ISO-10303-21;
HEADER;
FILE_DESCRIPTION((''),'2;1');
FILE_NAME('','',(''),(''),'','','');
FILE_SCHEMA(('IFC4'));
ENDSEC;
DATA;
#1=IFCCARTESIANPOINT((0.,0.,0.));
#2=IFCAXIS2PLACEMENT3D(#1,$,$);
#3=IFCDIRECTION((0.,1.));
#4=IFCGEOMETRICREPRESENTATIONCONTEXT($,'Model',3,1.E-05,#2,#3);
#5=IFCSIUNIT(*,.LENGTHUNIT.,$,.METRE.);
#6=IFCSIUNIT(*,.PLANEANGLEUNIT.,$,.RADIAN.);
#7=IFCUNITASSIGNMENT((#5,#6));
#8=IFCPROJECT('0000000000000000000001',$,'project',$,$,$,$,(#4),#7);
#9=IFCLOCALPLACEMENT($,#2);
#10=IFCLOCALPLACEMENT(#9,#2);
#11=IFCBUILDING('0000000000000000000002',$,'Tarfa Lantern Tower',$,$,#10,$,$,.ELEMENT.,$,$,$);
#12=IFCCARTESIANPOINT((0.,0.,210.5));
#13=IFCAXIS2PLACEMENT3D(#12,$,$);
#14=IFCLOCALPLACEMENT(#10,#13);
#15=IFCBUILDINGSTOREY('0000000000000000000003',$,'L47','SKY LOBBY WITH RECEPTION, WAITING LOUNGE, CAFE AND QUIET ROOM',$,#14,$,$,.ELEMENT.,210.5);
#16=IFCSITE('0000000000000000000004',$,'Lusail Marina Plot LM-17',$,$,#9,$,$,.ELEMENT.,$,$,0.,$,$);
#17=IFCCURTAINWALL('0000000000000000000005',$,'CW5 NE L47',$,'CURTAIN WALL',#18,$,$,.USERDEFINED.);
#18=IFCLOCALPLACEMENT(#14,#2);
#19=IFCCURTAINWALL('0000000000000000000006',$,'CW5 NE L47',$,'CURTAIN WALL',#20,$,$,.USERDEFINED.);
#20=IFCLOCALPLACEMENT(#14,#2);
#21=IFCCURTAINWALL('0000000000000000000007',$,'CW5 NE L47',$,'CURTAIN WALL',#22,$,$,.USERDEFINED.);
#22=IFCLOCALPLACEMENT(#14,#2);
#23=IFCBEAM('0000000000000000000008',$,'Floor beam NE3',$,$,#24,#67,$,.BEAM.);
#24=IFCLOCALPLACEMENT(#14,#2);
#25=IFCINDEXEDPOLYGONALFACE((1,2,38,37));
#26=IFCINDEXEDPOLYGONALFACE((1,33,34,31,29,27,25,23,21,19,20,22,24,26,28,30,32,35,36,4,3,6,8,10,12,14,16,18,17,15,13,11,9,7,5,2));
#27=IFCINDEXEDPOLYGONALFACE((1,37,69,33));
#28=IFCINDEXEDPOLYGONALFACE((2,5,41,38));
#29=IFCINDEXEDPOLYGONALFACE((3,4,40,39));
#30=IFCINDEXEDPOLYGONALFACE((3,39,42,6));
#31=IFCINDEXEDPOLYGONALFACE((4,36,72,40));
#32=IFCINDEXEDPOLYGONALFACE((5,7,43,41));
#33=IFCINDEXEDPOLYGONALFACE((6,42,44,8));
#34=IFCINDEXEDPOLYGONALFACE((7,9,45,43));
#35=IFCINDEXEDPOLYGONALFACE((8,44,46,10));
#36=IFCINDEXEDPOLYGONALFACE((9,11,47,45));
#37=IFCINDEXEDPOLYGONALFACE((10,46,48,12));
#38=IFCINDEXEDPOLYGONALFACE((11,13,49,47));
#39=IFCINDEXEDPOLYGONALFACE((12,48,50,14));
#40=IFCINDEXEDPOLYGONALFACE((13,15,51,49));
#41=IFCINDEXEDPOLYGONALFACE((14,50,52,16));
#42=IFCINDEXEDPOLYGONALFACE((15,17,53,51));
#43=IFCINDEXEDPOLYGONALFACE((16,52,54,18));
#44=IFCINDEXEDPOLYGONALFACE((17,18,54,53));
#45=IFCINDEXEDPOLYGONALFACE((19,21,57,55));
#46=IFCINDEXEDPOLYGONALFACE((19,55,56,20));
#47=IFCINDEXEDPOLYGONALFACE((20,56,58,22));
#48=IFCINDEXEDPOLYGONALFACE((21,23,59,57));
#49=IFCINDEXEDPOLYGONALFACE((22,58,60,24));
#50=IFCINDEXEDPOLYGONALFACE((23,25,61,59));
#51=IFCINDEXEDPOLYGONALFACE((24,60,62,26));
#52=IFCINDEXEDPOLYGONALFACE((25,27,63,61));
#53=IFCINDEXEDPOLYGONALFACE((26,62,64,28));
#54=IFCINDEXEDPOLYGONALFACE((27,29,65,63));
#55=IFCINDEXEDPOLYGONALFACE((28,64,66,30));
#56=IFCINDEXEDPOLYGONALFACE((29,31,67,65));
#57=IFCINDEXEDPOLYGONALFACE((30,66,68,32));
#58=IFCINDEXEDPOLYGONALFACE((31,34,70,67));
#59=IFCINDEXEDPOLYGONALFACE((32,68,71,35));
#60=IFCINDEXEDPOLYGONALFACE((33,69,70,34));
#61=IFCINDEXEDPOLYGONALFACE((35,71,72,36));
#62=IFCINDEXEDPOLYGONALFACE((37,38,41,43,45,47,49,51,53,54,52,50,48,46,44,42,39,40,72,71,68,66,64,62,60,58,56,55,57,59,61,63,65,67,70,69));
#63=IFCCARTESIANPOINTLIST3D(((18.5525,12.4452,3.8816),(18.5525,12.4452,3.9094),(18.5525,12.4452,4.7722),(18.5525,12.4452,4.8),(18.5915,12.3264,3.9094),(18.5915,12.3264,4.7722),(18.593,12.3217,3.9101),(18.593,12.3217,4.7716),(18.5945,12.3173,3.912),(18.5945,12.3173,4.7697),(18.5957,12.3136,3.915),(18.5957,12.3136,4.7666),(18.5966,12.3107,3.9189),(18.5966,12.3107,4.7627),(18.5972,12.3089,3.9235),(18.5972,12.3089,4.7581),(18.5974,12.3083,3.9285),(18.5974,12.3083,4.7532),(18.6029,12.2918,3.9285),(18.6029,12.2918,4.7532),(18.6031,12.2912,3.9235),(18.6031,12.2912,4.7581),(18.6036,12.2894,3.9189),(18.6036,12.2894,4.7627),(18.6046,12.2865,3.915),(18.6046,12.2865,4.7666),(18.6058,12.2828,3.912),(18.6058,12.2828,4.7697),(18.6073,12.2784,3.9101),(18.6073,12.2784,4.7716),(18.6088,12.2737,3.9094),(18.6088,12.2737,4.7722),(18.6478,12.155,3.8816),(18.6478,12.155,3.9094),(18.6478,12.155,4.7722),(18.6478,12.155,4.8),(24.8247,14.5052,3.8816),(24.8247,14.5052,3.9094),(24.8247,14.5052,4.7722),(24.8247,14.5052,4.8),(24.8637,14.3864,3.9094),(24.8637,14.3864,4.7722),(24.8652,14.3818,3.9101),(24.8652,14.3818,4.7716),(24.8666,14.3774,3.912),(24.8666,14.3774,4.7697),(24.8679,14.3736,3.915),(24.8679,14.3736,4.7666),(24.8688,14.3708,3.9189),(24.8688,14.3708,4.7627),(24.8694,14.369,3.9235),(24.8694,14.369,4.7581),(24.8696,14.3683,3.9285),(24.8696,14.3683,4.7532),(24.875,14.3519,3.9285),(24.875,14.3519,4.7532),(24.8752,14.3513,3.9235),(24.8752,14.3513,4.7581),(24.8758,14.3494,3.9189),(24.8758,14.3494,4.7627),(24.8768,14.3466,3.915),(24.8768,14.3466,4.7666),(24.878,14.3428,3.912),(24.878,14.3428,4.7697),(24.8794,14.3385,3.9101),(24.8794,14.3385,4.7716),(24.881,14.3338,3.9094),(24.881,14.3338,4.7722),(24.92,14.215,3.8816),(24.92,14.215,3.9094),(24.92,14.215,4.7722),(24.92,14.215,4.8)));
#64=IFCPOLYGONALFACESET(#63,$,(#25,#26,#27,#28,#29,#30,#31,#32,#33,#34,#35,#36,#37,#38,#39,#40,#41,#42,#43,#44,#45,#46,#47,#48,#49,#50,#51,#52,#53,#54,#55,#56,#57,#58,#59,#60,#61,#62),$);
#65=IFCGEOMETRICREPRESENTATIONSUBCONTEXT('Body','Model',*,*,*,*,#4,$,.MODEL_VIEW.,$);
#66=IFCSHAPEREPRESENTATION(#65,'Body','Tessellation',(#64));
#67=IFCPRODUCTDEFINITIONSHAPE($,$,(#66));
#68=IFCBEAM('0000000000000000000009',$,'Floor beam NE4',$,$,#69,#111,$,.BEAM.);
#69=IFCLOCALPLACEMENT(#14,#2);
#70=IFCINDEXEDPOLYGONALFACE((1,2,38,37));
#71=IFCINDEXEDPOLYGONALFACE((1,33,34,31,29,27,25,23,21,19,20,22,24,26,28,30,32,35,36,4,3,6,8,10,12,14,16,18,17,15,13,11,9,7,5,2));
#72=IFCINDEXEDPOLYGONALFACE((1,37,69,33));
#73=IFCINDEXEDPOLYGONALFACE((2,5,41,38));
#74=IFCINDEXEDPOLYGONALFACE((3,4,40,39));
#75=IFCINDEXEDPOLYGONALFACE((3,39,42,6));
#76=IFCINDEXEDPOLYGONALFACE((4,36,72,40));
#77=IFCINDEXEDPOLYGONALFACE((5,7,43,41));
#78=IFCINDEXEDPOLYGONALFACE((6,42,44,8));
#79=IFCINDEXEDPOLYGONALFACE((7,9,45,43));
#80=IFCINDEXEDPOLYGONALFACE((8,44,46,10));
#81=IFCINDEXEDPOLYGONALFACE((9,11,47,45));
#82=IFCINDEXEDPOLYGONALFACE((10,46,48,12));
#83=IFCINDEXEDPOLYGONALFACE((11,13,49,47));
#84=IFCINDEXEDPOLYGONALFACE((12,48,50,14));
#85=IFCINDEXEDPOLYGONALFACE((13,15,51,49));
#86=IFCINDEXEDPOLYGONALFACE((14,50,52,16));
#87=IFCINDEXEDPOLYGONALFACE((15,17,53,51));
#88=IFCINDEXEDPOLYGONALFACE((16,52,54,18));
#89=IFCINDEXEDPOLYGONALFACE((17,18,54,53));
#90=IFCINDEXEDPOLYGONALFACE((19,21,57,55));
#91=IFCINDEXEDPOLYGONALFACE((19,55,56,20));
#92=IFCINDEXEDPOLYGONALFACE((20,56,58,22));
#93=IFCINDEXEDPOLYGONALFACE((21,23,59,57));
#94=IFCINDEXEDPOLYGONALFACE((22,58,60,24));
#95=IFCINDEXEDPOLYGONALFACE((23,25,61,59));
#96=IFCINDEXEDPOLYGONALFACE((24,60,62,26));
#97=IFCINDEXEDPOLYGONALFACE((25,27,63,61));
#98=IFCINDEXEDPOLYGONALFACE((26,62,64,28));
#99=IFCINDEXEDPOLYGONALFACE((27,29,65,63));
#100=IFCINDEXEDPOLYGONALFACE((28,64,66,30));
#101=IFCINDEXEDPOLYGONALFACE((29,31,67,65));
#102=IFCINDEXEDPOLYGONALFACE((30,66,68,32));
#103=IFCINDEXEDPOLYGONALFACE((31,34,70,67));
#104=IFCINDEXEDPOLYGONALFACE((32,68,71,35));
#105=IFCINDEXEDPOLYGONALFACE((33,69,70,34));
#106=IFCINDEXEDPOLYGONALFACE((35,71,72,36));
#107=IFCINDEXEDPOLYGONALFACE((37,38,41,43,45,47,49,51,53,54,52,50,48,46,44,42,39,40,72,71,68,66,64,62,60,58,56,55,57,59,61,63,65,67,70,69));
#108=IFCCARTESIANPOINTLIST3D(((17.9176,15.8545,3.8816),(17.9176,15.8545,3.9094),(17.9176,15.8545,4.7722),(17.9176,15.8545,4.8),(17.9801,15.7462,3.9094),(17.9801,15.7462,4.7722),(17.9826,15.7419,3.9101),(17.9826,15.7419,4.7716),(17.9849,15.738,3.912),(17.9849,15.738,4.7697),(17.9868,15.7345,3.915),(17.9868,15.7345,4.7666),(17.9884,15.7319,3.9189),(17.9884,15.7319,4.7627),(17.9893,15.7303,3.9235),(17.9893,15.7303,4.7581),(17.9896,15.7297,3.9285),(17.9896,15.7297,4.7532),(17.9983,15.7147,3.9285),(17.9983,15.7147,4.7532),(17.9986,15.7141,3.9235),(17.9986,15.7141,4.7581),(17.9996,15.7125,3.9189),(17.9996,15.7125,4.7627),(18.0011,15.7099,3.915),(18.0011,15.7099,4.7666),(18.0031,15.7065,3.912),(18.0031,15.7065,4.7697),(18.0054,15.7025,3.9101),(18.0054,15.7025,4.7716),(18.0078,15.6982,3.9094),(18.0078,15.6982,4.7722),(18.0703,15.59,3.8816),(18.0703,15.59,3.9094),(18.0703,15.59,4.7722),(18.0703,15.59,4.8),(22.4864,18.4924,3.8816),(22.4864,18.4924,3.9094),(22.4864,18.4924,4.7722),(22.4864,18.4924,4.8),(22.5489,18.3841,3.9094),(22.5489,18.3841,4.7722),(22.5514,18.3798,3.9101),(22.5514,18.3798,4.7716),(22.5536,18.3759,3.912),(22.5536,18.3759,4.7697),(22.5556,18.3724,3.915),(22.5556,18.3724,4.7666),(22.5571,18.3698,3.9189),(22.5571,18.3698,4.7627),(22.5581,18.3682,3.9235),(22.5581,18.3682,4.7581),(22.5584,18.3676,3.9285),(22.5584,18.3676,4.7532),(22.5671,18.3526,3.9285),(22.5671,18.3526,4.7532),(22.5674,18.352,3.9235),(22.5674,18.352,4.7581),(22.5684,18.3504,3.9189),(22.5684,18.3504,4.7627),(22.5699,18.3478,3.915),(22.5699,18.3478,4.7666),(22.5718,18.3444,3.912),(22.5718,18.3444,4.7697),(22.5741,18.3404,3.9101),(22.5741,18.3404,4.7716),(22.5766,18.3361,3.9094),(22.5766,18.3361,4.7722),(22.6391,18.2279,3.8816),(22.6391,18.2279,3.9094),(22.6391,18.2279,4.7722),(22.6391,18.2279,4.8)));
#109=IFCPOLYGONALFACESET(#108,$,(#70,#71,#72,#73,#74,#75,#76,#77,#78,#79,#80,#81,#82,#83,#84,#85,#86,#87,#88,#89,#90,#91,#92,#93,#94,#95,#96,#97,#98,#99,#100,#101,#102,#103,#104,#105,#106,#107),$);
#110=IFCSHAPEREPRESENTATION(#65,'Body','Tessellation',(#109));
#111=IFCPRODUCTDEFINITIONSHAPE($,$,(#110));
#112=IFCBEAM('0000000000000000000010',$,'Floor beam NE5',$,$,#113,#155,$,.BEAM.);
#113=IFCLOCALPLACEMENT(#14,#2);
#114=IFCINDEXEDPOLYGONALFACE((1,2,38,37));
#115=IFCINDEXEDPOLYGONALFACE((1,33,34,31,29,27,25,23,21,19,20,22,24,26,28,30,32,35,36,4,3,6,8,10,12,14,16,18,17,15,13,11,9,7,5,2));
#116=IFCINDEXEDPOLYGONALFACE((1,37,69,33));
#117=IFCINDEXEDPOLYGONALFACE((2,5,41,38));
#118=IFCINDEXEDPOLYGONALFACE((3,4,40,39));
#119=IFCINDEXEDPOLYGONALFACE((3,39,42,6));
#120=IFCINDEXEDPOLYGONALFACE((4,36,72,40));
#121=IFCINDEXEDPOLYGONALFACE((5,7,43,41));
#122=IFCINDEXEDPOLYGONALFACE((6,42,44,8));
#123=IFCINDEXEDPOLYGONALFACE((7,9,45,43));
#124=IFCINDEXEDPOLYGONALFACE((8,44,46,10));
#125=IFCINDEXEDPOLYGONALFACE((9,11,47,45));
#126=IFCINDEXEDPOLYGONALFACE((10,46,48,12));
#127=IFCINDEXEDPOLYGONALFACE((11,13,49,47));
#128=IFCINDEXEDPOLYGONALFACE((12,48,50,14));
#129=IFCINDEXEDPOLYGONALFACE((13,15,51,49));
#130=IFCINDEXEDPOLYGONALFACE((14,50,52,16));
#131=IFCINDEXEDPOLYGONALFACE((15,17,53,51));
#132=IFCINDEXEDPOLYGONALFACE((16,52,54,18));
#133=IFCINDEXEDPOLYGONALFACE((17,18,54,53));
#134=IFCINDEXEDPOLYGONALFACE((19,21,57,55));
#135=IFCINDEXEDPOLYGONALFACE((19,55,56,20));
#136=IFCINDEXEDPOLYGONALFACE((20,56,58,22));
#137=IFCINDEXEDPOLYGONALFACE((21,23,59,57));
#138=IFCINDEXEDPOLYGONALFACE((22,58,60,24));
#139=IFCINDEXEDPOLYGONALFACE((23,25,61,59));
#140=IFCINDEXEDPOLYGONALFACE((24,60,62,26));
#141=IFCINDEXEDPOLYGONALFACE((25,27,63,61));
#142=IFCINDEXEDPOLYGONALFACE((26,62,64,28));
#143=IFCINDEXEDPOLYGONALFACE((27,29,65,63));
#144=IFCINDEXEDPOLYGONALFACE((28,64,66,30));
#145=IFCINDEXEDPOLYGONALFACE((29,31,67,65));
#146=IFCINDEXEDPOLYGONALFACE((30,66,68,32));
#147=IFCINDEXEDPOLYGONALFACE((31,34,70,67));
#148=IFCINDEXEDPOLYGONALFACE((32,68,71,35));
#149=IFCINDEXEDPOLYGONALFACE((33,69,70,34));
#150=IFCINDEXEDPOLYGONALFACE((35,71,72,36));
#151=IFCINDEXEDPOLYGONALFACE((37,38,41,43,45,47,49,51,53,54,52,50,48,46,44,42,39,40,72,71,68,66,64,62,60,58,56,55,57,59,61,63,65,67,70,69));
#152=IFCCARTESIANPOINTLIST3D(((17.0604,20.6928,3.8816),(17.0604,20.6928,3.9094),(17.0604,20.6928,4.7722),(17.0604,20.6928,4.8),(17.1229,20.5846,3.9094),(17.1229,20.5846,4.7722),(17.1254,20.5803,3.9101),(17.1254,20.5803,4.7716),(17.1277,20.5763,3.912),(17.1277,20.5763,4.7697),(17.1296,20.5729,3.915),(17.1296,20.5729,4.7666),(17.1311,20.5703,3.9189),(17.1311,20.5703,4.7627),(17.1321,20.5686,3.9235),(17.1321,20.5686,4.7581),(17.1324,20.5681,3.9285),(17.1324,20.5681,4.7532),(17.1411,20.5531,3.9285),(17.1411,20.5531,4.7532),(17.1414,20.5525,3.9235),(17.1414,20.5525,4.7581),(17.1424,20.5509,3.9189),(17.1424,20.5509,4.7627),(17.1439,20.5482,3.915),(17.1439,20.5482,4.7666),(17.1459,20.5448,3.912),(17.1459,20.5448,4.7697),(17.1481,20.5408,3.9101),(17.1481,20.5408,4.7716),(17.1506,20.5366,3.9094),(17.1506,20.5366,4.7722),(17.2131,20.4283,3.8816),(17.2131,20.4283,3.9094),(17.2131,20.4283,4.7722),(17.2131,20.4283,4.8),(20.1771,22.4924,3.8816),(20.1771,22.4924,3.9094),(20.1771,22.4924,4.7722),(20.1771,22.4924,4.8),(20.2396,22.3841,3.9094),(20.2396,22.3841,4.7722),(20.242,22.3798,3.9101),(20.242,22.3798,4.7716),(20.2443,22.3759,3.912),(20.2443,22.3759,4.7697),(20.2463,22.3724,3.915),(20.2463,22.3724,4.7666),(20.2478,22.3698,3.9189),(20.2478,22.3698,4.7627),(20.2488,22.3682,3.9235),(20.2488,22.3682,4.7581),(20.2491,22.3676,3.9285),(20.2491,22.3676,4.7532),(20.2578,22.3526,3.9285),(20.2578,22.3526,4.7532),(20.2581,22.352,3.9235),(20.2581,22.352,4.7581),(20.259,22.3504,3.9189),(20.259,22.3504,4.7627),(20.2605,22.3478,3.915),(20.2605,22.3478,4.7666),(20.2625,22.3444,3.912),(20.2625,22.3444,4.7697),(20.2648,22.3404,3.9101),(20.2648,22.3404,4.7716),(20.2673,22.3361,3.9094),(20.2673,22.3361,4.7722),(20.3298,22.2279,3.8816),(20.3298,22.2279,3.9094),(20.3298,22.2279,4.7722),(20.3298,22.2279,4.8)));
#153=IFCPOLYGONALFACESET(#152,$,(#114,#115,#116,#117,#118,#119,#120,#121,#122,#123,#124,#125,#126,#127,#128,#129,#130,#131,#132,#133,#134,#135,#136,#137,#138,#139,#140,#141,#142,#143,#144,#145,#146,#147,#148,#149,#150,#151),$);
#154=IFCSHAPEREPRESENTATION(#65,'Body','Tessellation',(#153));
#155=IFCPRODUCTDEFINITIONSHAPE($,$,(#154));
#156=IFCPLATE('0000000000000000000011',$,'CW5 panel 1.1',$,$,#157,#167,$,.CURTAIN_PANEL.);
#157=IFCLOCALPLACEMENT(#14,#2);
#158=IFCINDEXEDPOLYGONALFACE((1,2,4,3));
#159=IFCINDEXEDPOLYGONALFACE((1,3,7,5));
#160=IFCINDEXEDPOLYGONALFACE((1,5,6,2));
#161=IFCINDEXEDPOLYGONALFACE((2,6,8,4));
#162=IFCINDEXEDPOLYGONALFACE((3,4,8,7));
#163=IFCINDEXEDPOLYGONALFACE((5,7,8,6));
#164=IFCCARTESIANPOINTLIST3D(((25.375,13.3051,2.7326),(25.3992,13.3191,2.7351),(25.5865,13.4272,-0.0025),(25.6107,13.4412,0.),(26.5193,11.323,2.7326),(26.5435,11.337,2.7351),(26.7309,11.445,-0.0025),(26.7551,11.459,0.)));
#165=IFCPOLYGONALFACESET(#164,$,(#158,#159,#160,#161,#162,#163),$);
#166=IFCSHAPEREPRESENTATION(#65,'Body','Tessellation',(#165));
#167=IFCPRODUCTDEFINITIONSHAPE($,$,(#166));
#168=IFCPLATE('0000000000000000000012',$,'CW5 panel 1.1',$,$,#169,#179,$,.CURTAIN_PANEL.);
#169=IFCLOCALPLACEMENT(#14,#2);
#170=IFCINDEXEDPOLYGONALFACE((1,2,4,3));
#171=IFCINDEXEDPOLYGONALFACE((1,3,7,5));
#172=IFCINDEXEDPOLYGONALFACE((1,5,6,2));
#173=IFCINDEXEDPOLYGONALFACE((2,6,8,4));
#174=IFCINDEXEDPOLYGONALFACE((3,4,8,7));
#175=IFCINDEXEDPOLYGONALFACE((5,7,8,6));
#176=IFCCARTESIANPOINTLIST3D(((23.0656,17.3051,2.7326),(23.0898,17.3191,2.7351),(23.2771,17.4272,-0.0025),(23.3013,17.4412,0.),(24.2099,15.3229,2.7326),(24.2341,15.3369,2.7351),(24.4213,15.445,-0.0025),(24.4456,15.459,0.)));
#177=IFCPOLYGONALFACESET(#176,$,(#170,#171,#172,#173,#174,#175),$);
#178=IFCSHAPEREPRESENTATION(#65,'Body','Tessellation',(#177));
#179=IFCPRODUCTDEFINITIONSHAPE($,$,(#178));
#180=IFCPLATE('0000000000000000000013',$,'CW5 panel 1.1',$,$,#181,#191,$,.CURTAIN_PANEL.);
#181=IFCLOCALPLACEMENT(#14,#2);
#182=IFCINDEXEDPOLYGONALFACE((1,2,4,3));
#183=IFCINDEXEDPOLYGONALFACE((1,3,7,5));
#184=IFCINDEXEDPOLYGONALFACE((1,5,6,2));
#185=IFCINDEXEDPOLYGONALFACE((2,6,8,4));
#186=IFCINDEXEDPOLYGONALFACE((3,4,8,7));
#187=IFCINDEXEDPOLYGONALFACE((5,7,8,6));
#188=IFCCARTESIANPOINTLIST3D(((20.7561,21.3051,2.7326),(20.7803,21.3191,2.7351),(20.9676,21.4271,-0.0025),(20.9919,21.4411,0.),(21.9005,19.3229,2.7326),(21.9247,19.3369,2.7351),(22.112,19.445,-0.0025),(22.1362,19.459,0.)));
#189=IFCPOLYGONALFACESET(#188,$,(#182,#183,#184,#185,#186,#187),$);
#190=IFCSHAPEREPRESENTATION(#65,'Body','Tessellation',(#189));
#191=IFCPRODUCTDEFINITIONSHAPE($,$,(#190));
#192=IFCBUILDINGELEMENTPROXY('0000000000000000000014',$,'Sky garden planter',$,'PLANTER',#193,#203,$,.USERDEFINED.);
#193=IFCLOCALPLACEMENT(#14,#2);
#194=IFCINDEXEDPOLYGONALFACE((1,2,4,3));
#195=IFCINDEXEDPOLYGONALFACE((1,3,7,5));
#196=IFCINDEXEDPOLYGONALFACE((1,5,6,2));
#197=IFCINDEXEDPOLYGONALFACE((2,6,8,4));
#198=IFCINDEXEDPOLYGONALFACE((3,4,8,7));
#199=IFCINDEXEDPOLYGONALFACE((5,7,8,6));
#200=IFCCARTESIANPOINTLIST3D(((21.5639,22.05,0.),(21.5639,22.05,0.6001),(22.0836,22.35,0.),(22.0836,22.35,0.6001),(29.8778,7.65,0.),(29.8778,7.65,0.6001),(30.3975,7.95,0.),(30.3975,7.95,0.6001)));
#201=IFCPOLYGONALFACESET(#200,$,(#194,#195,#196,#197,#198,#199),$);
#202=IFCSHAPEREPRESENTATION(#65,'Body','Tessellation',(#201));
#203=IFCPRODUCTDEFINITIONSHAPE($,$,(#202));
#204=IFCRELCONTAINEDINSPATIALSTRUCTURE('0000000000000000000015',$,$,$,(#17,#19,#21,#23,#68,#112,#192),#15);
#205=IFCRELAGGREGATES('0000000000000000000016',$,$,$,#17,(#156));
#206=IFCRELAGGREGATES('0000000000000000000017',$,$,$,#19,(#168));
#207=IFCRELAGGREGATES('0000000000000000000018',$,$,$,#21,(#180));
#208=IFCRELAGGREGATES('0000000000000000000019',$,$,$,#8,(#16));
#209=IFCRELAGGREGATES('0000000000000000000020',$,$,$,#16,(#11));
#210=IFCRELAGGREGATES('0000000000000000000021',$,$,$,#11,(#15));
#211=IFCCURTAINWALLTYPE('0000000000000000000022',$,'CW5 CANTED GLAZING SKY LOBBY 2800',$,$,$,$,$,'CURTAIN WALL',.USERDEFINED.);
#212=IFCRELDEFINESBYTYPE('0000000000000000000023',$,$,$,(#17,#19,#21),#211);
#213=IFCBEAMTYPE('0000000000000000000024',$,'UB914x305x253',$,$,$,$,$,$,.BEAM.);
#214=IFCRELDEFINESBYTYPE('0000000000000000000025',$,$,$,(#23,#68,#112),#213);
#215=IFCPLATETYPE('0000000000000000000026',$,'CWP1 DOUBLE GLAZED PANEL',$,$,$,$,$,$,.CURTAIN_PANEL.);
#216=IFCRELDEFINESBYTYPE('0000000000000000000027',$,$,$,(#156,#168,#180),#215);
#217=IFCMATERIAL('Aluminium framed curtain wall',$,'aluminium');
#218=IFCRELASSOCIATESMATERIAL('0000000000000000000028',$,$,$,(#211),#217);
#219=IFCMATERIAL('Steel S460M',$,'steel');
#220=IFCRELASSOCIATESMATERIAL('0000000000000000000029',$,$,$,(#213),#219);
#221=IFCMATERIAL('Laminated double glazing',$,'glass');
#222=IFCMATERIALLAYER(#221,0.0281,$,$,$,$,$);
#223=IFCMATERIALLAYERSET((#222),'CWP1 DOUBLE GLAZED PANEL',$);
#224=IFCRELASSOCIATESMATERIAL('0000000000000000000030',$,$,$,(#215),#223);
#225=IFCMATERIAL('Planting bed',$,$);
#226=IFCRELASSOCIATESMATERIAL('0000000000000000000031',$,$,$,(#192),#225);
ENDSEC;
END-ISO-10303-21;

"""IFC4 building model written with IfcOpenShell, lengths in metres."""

from ifc_helpers import new_model, si_unit, direction, frame, origin, origin_2d, place, context, subcontext, project, spatial, polyline, rectangle, i_section, outline, extrude, material, layer, layer_set, material_profile, profile_set, type_object, element, aggregate, save


model = new_model("IFC4")

# Units and contexts
model_context = context("Model", 3, precision=1e-05, world=origin(), true_north=direction((0.0, 1.0)))
body_context = subcontext(model_context, "Body", "Model", "MODEL_VIEW")
ifc_project = project(units=[si_unit("LENGTHUNIT", "METRE"), si_unit("PLANEANGLEUNIT", "RADIAN")], contexts=[model_context])

# Site, building, storey
site_placement = place(None, origin())
site = spatial("IfcSite", under=ifc_project, at=site_placement, Name="Lusail Marina Plot LM-17", CompositionType="ELEMENT", RefElevation=0.0)
building_placement = place(site_placement, origin())
building = spatial("IfcBuilding", under=site, at=building_placement, Name="Tarfa Lantern Tower", CompositionType="ELEMENT")
storey_placement = place(building_placement, frame((0.0, 0.0, 210.5)))
storey = spatial("IfcBuildingStorey", under=building, at=storey_placement, Name="L47", Description="SKY LOBBY WITH RECEPTION, WAITING LOUNGE, CAFE AND QUIET ROOM", CompositionType="ELEMENT", Elevation=210.5)

# Shared definitions
ifc_material_1 = material(Name="Steel S460M", Category="steel")

# Curtain wall
ifc_material_2 = material(Name="Aluminium framed curtain wall", Category="aluminium")
curtain_wall_type = type_object("IfcCurtainWallType", Name="CW5 CANTED GLAZING SKY LOBBY 2800", ElementType="CURTAIN WALL", PredefinedType="USERDEFINED", material=ifc_material_2)
curtain_wall_1_placement = place(storey_placement, origin())
curtain_wall_1 = element("IfcCurtainWall", 1, at=curtain_wall_1_placement, inside=storey, type_object=curtain_wall_type, Name="CW5 NE L47", ObjectType="CURTAIN WALL", PredefinedType="USERDEFINED")

# Curtain walls
curtain_wall_2_placement = place(storey_placement, origin())
curtain_wall_2 = element("IfcCurtainWall", 2, at=curtain_wall_2_placement, inside=storey, type_object=curtain_wall_type, Name="CW5 NE L47", ObjectType="CURTAIN WALL", PredefinedType="USERDEFINED")
curtain_wall_3_placement = place(storey_placement, origin())
curtain_wall_3 = element("IfcCurtainWall", 3, at=curtain_wall_3_placement, inside=storey, type_object=curtain_wall_type, Name="CW5 NE L47", ObjectType="CURTAIN WALL", PredefinedType="USERDEFINED")

# Beams
ifc_material_profile_1 = material_profile(ifc_material_1, i_section(OverallWidth=0.3054, OverallDepth=0.9185, WebThickness=0.0173, FlangeThickness=0.0278, FilletRadius=0.019, at=origin_2d()), Name="UB914x305x253")
ifc_profile_set_1 = profile_set([ifc_material_profile_1], Name="Steel S460M")
beam_type_1 = type_object("IfcBeamType", Name="UB914x305x253", PredefinedType="BEAM", material=ifc_profile_set_1)
beam_1_placement = place(storey_placement, frame((24.8723, 14.3601, 4.3408), z_axis=(-0.950068, -0.312042, 0.0), x_axis=(0.312042, -0.950068, 0.0)))
element("IfcBeam", 4, at=beam_1_placement, inside=storey, type_object=beam_type_1, Name="Floor beam NE3", PredefinedType="BEAM", context=body_context, shape_type="SweptSolid", body=[
    extrude(i_section(OverallWidth=0.3054, OverallDepth=0.9185, WebThickness=0.0173, FlangeThickness=0.0278, FilletRadius=0.019, at=origin_2d()), origin(), (0.0, 0.0, 1.0), 6.6018),
])
beam_2_placement = place(storey_placement, frame((22.5627, 18.3601, 4.3408), z_axis=(-0.866016, -0.500016, 0.0), x_axis=(0.500016, -0.866016, 0.0)))
element("IfcBeam", 5, at=beam_2_placement, inside=storey, type_object=beam_type_1, Name="Floor beam NE4", PredefinedType="BEAM", context=body_context, shape_type="SweptSolid", body=[
    extrude(i_section(OverallWidth=0.3054, OverallDepth=0.9185, WebThickness=0.0173, FlangeThickness=0.0278, FilletRadius=0.019, at=origin_2d()), origin(), (0.0, 0.0, 1.0), 5.2756),
])
beam_3_placement = place(storey_placement, frame((20.2534, 22.3601, 4.3408), z_axis=(-0.866009, -0.500028, 0.0), x_axis=(0.500028, -0.866009, 0.0)))
element("IfcBeam", 6, at=beam_3_placement, inside=storey, type_object=beam_type_1, Name="Floor beam NE5", PredefinedType="BEAM", context=body_context, shape_type="SweptSolid", body=[
    extrude(i_section(OverallWidth=0.3054, OverallDepth=0.9185, WebThickness=0.0173, FlangeThickness=0.0278, FilletRadius=0.019, at=origin_2d()), origin(), (0.0, 0.0, 1.0), 3.5989),
])

# Plates
ifc_material_3 = material(Name="Laminated double glazing", Category="glass")
ifc_layer = layer(ifc_material_3, 0.0281)
ifc_layer_set = layer_set([ifc_layer], Name="CWP1 DOUBLE GLAZED PANEL")
plate_type = type_object("IfcPlateType", Name="CWP1 DOUBLE GLAZED PANEL", PredefinedType="CURTAIN_PANEL", material=ifc_layer_set)
plate_1_placement = place(storey_placement, frame((26.7551, 11.459, 0.0), z_axis=(0.862593, 0.498018, 0.088945), x_axis=(-0.5, 0.866026, 0.000004)))
plate_1 = element("IfcPlate", 7, at=plate_1_placement, type_object=plate_type, Name="CW5 panel 1.1", PredefinedType="CURTAIN_PANEL", context=body_context, shape_type="SweptSolid", body=[
    extrude(outline(polyline([(0.0, 0.0), (2.2889, 0.0), (2.2889, 2.746), (0.0001, 2.746), (0.0, 0.0)])), origin(), (0.0, 0.0, -1.0), 0.0281),
])
aggregate(curtain_wall_1, [plate_1])
plate_2_placement = place(storey_placement, frame((24.4456, 15.459, 0.0), z_axis=(0.862619, 0.49798, 0.088906), x_axis=(-0.499959, 0.866049, 0.0)))
plate_2 = element("IfcPlate", 8, at=plate_2_placement, type_object=plate_type, Name="CW5 panel 1.1", PredefinedType="CURTAIN_PANEL", context=body_context, shape_type="SweptSolid", body=[
    extrude(outline(polyline([(0.0, 0.0), (2.2888, 0.0), (2.2887, 2.746), (0.0, 2.746), (0.0, 0.0)])), origin(), (0.0, 0.0, -1.0), 0.0281),
])
aggregate(curtain_wall_2, [plate_2])
plate_3_placement = place(storey_placement, frame((22.1362, 19.459, 0.0), z_axis=(0.862593, 0.498018, 0.088945), x_axis=(-0.499999, 0.866026, -0.000004)))
plate_3 = element("IfcPlate", 9, at=plate_3_placement, type_object=plate_type, Name="CW5 panel 1.1", PredefinedType="CURTAIN_PANEL", context=body_context, shape_type="SweptSolid", body=[
    extrude(outline(polyline([(0.0, 0.0), (2.2888, 0.0), (2.2889, 2.746), (0.0, 2.746), (0.0, 0.0)])), origin(), (0.0, 0.0, -1.0), 0.0281),
])
aggregate(curtain_wall_3, [plate_3])

# Building element proxy
ifc_material_4 = material(Name="Planting bed")
proxy_placement = place(storey_placement, frame((25.9807, 15.0, 0.0), z_axis=(0.0, 0.0, 1.0), x_axis=(-0.5, 0.866025, 0.0)))
element("IfcBuildingElementProxy", 10, at=proxy_placement, inside=storey, material=ifc_material_4, Name="Sky garden planter", ObjectType="PLANTER", PredefinedType="USERDEFINED", context=body_context, shape_type="SweptSolid", body=[
    extrude(rectangle(XDim=16.6277, YDim=0.6001, at=origin_2d()), origin(), (0.0, 0.0, 1.0), 0.6001),
])

save(model, "model.ifc")
